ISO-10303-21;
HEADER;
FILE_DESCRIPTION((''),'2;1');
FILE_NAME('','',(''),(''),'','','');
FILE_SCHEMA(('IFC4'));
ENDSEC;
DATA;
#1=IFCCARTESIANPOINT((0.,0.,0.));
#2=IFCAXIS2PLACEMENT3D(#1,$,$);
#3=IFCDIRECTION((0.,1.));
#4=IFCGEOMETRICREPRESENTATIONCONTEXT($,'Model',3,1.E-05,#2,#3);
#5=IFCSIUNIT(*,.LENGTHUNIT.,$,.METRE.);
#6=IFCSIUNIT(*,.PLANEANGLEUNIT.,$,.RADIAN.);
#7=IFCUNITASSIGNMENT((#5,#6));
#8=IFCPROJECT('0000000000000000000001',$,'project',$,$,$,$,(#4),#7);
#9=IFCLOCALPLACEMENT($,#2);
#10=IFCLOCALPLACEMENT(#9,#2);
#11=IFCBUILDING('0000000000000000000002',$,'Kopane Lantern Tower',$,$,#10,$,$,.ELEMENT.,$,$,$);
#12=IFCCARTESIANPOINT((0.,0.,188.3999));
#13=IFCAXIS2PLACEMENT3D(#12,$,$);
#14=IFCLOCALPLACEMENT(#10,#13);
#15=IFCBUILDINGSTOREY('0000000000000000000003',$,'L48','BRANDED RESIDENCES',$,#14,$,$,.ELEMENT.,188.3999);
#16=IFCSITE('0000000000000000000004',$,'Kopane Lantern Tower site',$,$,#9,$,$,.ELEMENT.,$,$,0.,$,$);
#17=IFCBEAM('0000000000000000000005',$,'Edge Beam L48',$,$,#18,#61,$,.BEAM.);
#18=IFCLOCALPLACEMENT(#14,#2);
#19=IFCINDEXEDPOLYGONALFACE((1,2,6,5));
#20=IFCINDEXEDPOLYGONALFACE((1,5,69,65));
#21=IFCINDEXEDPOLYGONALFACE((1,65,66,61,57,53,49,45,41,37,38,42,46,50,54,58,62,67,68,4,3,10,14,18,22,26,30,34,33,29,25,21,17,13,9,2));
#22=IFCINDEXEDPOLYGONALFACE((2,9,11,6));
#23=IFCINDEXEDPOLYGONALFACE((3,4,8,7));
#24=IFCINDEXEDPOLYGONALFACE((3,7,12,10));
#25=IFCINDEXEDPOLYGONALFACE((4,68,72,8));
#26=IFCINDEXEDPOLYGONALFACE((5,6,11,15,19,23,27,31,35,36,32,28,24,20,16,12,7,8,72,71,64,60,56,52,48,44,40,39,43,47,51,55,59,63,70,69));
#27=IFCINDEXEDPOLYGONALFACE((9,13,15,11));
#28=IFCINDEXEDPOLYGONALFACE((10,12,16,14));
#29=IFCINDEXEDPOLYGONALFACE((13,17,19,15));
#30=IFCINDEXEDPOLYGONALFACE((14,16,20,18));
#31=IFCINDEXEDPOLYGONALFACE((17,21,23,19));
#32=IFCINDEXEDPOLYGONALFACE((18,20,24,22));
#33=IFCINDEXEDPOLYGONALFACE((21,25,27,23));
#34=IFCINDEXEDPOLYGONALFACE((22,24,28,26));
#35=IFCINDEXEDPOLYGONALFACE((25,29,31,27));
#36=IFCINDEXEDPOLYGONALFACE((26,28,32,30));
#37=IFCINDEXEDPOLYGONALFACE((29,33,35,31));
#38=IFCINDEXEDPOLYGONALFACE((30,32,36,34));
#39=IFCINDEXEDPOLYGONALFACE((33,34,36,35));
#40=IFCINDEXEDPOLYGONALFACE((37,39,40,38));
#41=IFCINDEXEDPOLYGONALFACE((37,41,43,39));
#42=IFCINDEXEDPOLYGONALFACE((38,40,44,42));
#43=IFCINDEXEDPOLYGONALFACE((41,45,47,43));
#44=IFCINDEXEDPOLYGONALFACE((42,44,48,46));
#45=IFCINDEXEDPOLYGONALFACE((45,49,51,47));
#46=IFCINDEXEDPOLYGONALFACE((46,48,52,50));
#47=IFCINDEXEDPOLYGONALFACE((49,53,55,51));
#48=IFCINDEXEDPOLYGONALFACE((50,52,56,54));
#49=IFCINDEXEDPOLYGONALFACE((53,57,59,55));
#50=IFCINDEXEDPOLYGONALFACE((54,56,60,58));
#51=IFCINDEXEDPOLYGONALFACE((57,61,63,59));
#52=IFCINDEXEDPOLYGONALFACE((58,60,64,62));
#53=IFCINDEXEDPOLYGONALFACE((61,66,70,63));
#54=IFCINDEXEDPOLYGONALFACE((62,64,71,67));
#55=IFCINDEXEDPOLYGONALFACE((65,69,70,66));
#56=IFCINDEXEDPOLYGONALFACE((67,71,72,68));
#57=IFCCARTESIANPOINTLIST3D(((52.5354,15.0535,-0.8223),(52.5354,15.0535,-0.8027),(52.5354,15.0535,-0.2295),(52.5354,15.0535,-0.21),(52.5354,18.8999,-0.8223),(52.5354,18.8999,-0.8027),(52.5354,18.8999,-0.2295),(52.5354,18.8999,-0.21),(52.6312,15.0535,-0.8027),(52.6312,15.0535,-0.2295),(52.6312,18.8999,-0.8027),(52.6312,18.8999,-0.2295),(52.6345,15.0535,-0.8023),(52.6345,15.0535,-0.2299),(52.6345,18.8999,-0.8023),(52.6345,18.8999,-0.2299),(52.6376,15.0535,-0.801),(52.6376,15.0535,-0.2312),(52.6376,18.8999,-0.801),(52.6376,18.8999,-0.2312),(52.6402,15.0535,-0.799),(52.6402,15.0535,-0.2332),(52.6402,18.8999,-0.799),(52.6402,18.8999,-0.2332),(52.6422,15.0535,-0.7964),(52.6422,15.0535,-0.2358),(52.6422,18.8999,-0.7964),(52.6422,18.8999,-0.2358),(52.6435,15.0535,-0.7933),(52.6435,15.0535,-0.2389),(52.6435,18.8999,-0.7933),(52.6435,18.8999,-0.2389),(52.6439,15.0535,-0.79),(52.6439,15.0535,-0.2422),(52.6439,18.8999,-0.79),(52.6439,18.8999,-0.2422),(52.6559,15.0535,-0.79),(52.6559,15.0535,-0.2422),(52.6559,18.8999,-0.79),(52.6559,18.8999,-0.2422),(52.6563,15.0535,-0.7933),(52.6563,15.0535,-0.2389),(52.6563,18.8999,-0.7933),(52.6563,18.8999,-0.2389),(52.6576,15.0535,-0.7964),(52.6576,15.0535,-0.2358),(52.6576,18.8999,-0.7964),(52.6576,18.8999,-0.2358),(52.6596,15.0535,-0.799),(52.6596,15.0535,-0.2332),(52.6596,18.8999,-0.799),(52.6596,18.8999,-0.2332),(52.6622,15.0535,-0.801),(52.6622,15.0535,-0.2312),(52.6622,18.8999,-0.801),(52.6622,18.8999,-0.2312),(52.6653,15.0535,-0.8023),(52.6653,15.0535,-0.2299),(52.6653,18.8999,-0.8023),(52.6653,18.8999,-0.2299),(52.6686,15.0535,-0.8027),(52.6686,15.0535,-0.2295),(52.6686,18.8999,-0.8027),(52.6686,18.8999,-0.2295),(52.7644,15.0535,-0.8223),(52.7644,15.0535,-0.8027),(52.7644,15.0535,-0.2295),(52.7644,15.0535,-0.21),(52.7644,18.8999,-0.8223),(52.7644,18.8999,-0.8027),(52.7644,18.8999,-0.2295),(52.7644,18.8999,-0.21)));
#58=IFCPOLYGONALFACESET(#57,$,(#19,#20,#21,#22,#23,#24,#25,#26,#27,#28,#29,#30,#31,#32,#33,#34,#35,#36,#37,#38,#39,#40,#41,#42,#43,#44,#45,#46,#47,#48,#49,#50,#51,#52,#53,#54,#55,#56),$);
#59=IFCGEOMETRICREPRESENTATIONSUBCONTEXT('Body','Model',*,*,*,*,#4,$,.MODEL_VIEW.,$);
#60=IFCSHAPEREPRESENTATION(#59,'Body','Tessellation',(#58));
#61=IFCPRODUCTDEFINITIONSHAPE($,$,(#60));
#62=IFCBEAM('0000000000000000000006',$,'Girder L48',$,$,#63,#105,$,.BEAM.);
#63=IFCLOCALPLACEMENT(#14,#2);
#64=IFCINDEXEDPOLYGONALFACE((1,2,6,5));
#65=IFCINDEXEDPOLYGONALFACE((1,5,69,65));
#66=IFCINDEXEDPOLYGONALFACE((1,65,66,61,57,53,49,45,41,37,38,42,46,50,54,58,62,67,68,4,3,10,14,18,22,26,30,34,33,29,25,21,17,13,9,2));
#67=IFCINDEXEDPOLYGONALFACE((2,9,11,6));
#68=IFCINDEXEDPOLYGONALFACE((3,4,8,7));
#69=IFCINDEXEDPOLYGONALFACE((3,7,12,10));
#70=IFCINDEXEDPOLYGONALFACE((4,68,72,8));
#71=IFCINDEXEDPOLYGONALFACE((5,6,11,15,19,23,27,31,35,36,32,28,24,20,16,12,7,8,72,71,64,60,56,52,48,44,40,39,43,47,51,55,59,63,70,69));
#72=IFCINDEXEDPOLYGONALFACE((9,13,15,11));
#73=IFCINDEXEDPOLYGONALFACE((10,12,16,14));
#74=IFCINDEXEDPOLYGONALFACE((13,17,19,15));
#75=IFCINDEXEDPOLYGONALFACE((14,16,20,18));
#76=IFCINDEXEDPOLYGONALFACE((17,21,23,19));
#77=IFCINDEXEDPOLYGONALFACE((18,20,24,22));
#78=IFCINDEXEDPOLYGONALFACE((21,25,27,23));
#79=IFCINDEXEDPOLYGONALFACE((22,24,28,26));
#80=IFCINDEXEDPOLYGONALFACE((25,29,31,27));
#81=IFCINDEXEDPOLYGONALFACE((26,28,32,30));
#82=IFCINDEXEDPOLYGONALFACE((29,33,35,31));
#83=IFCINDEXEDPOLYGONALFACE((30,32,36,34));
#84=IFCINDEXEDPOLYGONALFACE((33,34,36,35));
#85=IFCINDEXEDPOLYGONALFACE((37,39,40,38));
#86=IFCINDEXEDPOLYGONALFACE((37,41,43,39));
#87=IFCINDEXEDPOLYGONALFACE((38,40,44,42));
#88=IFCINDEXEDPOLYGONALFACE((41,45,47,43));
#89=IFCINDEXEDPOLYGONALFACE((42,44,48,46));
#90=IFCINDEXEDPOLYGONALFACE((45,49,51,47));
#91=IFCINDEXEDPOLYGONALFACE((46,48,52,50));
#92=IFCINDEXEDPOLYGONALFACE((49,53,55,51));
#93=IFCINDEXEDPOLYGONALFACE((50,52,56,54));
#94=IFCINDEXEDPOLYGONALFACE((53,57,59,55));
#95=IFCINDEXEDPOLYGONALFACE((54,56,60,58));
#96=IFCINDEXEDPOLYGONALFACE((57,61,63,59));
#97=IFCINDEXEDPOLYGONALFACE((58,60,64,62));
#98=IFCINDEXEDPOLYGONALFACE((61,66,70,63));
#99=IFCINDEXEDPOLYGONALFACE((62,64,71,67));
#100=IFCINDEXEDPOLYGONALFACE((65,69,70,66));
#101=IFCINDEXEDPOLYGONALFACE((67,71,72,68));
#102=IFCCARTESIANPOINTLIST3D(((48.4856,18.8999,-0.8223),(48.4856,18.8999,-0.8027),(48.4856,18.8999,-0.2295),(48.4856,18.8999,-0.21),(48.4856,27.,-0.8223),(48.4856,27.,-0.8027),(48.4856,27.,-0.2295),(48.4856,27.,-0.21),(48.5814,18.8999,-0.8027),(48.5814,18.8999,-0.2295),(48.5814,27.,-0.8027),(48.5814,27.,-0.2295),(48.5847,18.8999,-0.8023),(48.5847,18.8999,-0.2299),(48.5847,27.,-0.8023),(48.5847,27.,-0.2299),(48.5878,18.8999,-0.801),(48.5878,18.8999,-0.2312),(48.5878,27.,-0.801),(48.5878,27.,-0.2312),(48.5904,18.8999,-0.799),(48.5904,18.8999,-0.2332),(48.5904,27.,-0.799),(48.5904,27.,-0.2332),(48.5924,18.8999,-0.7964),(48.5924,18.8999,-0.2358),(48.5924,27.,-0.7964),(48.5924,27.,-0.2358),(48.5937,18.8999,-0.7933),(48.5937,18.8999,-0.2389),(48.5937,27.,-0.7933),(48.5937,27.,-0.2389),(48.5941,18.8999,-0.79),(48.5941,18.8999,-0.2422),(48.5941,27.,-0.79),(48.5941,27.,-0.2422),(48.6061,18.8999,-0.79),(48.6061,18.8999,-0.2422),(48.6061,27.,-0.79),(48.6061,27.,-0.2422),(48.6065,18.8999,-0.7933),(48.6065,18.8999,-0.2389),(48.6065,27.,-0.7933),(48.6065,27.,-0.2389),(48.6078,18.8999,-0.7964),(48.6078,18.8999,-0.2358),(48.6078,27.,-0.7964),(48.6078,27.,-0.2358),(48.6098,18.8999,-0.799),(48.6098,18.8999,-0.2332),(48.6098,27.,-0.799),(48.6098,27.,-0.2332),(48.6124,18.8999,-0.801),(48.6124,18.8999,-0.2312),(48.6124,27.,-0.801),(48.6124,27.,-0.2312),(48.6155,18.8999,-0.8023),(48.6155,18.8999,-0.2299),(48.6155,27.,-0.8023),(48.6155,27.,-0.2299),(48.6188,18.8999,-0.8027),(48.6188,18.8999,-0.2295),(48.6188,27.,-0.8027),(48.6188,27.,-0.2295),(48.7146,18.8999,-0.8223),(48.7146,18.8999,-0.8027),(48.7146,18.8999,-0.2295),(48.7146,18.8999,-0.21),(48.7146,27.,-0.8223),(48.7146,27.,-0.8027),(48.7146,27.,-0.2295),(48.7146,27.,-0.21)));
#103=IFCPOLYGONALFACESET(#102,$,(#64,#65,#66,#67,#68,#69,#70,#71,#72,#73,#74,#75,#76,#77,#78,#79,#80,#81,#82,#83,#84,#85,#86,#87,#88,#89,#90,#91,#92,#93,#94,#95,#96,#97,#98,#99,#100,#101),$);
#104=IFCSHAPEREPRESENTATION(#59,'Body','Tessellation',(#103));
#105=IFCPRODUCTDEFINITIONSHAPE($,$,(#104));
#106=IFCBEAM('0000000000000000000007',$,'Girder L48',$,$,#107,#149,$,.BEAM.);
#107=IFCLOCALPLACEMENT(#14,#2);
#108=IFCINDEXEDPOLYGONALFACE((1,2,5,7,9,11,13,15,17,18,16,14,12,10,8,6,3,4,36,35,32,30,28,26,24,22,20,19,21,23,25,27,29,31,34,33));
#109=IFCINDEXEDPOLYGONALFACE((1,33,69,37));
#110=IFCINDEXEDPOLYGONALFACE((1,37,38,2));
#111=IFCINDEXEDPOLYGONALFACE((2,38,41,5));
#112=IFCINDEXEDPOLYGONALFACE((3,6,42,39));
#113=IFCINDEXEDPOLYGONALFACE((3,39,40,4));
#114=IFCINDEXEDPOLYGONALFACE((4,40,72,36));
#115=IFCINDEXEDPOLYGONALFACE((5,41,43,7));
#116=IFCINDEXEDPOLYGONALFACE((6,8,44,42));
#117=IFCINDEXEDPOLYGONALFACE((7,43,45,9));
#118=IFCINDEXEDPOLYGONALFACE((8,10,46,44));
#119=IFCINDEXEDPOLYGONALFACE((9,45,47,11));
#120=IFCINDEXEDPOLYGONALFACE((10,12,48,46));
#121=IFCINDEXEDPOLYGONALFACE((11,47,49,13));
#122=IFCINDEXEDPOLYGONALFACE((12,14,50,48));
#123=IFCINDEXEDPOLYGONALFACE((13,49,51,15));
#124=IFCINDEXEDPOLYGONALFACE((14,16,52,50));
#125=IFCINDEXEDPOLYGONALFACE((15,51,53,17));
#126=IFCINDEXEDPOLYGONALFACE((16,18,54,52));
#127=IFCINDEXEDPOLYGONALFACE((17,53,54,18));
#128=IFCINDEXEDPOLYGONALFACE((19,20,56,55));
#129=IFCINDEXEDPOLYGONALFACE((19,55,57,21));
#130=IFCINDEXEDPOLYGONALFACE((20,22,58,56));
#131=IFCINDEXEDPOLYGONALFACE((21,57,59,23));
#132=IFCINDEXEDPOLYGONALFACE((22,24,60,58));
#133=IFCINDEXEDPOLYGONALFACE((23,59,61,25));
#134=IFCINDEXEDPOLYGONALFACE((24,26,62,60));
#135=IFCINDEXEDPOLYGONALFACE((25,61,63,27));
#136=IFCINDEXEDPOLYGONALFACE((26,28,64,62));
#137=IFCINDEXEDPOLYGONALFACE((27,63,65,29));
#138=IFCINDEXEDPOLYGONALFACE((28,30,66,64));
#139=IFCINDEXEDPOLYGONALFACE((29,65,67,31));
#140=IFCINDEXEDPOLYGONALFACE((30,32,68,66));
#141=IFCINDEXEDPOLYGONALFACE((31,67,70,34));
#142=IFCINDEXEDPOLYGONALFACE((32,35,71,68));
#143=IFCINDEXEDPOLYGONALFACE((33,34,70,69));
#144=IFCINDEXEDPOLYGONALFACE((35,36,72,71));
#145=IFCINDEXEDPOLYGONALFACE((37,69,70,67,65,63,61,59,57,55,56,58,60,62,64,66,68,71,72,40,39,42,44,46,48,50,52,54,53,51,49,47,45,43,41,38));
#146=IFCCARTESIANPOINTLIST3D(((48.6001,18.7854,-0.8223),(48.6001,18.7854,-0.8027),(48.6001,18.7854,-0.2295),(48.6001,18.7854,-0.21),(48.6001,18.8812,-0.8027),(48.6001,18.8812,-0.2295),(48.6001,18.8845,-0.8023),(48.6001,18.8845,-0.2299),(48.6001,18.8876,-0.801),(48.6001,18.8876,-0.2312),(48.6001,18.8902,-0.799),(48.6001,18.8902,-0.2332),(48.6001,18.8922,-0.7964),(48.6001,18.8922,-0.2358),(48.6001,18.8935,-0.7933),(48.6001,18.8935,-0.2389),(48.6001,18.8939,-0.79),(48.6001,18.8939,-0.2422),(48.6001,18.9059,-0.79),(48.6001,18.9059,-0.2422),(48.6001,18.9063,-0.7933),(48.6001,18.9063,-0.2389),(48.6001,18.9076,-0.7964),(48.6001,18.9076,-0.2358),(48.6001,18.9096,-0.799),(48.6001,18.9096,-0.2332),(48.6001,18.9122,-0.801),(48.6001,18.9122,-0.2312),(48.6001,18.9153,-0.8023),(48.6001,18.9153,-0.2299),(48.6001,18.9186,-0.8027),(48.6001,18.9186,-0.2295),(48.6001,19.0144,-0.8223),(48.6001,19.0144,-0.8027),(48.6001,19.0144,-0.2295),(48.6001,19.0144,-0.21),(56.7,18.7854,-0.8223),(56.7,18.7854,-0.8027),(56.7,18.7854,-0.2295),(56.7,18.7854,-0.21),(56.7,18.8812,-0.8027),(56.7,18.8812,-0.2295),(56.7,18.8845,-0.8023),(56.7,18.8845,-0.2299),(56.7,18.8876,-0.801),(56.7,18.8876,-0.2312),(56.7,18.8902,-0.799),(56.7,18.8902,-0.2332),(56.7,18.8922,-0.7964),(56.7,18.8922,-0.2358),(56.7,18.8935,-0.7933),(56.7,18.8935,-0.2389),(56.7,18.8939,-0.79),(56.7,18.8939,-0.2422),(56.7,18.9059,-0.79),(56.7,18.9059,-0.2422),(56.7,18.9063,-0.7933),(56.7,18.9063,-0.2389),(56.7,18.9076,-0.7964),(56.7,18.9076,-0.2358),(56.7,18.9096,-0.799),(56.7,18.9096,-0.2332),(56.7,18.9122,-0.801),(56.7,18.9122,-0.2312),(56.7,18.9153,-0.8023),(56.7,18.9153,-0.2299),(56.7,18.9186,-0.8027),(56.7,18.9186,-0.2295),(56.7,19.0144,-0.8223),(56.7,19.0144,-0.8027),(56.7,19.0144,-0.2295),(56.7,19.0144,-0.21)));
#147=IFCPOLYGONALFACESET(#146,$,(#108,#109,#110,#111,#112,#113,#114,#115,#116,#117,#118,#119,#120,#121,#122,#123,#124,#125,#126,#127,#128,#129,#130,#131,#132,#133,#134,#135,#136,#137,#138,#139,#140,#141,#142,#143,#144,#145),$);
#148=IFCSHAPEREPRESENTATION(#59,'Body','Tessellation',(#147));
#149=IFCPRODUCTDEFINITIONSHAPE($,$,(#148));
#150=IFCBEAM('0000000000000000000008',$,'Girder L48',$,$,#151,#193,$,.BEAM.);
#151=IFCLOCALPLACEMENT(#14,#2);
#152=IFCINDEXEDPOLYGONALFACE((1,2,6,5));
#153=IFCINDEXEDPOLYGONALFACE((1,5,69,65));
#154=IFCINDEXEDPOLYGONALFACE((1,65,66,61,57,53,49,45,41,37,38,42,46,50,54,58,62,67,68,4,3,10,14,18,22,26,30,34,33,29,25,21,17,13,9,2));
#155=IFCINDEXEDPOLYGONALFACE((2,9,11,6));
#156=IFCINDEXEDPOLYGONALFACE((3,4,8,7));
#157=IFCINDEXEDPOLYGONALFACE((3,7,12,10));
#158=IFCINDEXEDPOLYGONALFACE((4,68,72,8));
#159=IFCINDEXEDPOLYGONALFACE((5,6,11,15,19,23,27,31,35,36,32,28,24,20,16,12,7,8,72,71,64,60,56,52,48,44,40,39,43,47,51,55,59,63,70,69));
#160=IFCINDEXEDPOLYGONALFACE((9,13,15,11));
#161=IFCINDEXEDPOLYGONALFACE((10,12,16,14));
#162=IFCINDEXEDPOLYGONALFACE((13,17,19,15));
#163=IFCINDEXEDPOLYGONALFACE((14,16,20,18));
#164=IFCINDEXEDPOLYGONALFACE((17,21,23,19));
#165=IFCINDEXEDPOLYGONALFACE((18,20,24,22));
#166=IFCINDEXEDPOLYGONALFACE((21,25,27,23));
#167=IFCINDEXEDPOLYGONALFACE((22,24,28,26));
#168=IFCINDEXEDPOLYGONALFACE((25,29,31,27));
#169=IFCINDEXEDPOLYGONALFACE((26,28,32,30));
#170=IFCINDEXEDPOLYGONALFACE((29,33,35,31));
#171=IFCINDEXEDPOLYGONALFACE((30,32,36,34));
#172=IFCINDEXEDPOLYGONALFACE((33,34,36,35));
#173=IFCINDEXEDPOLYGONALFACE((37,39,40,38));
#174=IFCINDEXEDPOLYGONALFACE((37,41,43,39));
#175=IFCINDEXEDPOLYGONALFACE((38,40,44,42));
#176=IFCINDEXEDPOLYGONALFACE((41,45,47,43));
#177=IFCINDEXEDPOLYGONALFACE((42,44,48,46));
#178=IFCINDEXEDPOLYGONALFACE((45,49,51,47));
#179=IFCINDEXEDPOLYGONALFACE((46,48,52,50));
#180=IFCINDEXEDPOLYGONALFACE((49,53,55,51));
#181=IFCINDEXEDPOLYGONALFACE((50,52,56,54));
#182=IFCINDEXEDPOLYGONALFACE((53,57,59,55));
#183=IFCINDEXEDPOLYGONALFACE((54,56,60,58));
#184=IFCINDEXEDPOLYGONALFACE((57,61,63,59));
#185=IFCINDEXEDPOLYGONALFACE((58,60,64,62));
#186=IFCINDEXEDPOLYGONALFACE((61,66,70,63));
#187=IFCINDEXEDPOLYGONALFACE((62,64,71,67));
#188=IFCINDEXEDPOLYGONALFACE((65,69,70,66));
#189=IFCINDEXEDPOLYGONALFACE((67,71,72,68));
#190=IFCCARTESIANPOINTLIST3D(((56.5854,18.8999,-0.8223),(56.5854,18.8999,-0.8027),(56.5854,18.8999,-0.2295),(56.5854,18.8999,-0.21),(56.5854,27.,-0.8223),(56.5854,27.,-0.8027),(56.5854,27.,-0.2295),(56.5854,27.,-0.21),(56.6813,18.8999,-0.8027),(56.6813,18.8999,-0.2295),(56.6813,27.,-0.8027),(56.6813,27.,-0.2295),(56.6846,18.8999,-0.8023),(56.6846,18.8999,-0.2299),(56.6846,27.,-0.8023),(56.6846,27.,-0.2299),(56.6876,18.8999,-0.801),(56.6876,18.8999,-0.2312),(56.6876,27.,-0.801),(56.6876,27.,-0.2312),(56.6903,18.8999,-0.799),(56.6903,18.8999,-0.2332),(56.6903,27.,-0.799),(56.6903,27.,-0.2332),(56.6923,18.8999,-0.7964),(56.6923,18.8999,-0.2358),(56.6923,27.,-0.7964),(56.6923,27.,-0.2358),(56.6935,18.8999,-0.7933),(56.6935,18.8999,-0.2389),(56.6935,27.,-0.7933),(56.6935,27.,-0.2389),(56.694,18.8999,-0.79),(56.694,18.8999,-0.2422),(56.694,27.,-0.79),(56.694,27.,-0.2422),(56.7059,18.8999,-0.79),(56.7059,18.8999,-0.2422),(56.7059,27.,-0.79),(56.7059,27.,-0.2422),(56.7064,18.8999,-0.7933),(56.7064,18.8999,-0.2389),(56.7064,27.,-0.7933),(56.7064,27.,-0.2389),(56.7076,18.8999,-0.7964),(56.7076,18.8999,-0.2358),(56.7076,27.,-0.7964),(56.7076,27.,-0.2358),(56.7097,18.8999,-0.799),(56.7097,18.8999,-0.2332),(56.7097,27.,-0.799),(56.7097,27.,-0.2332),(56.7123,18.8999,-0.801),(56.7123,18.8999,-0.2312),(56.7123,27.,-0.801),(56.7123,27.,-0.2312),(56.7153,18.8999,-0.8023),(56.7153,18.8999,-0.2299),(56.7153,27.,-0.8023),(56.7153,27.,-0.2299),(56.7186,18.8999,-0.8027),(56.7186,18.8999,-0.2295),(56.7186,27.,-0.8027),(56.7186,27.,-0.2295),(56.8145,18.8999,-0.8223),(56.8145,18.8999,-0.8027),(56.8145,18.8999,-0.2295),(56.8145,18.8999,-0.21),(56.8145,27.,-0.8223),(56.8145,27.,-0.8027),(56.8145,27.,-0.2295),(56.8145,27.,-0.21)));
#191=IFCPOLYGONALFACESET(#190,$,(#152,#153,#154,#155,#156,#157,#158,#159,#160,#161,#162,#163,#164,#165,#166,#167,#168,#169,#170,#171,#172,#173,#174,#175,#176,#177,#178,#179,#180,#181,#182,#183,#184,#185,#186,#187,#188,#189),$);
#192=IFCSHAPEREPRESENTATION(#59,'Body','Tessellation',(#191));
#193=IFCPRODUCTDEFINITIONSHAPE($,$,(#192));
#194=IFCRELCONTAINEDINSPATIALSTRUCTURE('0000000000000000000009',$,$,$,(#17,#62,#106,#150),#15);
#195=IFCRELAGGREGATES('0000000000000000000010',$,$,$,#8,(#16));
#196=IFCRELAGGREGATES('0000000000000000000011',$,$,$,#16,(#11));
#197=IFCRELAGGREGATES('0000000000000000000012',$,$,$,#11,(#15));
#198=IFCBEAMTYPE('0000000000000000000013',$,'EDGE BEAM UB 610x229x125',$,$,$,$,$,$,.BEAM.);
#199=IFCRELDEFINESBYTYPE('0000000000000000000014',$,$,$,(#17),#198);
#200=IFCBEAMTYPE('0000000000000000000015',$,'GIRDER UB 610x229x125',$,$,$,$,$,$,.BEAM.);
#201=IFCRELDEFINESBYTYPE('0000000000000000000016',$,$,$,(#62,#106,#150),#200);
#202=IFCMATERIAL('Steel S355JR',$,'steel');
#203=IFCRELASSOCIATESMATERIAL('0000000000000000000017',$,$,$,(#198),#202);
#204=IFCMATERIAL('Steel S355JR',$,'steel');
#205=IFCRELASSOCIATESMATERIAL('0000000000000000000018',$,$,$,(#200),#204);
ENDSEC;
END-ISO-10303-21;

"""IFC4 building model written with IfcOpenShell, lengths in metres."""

from ifc_helpers import new_model, si_unit, direction, frame, origin, origin_2d, place, context, subcontext, project, spatial, i_section, extrude, material, material_profile, profile_set, type_object, element, save


model = new_model("IFC4")

# Units and contexts
model_context = context("Model", 3, precision=1e-05, world=origin(), true_north=direction((0.0, 1.0)))
body_context = subcontext(model_context, "Body", "Model", "MODEL_VIEW")
ifc_project = project(units=[si_unit("LENGTHUNIT", "METRE"), si_unit("PLANEANGLEUNIT", "RADIAN")], contexts=[model_context])

# Site, building, storey
site_placement = place(None, origin())
site = spatial("IfcSite", under=ifc_project, at=site_placement, Name="Kopane Lantern Tower site", CompositionType="ELEMENT", RefElevation=0.0)
building_placement = place(site_placement, origin())
building = spatial("IfcBuilding", under=site, at=building_placement, Name="Kopane Lantern Tower", CompositionType="ELEMENT")
storey_placement = place(building_placement, frame((0.0, 0.0, 188.3999)))
storey = spatial("IfcBuildingStorey", under=building, at=storey_placement, Name="L48", Description="BRANDED RESIDENCES", CompositionType="ELEMENT", Elevation=188.3999)

# Beams
ifc_material_1 = material(Name="Steel S355JR", Category="steel")
ifc_material_profile_1 = material_profile(ifc_material_1, i_section(OverallWidth=0.229, OverallDepth=0.6123, WebThickness=0.012, FlangeThickness=0.0195, FilletRadius=0.0127, at=origin_2d()), Name="UB 610x229x125")
ifc_profile_set_1 = profile_set([ifc_material_profile_1], Name="Steel S355JR")
beam_type_1 = type_object("IfcBeamType", Name="EDGE BEAM UB 610x229x125", PredefinedType="BEAM", material=ifc_profile_set_1)
for number, where, z_axis, x_axis, name in (
    (1, (52.6499, 15.0535, -0.5161), (0.0, 1.0, 0.0), (-1.0, 0.0, 0.0), "Edge Beam L48"),
):
    element("IfcBeam", number, at=place(storey_placement, frame(where, z_axis=z_axis, x_axis=x_axis)), inside=storey, type_object=beam_type_1, Name=name, PredefinedType="BEAM", context=body_context, shape_type="SweptSolid", body=[
        extrude(i_section(OverallWidth=0.229, OverallDepth=0.6123, WebThickness=0.012, FlangeThickness=0.0195, FilletRadius=0.0127, at=origin_2d()), origin(), (0.0, 0.0, 1.0), 3.8464),
    ])
ifc_material_2 = material(Name="Steel S355JR", Category="steel")
ifc_material_profile_2 = material_profile(ifc_material_2, i_section(OverallWidth=0.229, OverallDepth=0.6123, WebThickness=0.012, FlangeThickness=0.0195, FilletRadius=0.0127, at=origin_2d()), Name="UB 610x229x125")
ifc_profile_set_2 = profile_set([ifc_material_profile_2], Name="Steel S355JR")
beam_type_2 = type_object("IfcBeamType", Name="GIRDER UB 610x229x125", PredefinedType="BEAM", material=ifc_profile_set_2)
beam_1_placement = place(storey_placement, frame((48.6001, 18.8999, -0.5161), z_axis=(0.0, 1.0, 0.0), x_axis=(-1.0, 0.0, 0.0)))
element("IfcBeam", 2, at=beam_1_placement, inside=storey, type_object=beam_type_2, Name="Girder L48", PredefinedType="BEAM", context=body_context, shape_type="SweptSolid", body=[
    extrude(i_section(OverallWidth=0.229, OverallDepth=0.6123, WebThickness=0.012, FlangeThickness=0.0195, FilletRadius=0.0127, at=origin_2d()), origin(), (0.0, 0.0, 1.0), 8.1001),
])
beam_2_placement = place(storey_placement, frame((48.6001, 18.8999, -0.5161), z_axis=(1.0, 0.0, 0.0), x_axis=(0.0, 1.0, 0.0)))
element("IfcBeam", 3, at=beam_2_placement, inside=storey, type_object=beam_type_2, Name="Girder L48", PredefinedType="BEAM", context=body_context, shape_type="SweptSolid", body=[
    extrude(i_section(OverallWidth=0.229, OverallDepth=0.6123, WebThickness=0.012, FlangeThickness=0.0195, FilletRadius=0.0127, at=origin_2d()), origin(), (0.0, 0.0, 1.0), 8.0999),
])
beam_3_placement = place(storey_placement, frame((56.7, 18.8999, -0.5161), z_axis=(0.0, 1.0, 0.0), x_axis=(-1.0, 0.0, 0.0)))
element("IfcBeam", 4, at=beam_3_placement, inside=storey, type_object=beam_type_2, Name="Girder L48", PredefinedType="BEAM", context=body_context, shape_type="SweptSolid", body=[
    extrude(i_section(OverallWidth=0.229, OverallDepth=0.6123, WebThickness=0.012, FlangeThickness=0.0195, FilletRadius=0.0127, at=origin_2d()), origin(), (0.0, 0.0, 1.0), 8.1001),
])

save(model, "model.ifc")
